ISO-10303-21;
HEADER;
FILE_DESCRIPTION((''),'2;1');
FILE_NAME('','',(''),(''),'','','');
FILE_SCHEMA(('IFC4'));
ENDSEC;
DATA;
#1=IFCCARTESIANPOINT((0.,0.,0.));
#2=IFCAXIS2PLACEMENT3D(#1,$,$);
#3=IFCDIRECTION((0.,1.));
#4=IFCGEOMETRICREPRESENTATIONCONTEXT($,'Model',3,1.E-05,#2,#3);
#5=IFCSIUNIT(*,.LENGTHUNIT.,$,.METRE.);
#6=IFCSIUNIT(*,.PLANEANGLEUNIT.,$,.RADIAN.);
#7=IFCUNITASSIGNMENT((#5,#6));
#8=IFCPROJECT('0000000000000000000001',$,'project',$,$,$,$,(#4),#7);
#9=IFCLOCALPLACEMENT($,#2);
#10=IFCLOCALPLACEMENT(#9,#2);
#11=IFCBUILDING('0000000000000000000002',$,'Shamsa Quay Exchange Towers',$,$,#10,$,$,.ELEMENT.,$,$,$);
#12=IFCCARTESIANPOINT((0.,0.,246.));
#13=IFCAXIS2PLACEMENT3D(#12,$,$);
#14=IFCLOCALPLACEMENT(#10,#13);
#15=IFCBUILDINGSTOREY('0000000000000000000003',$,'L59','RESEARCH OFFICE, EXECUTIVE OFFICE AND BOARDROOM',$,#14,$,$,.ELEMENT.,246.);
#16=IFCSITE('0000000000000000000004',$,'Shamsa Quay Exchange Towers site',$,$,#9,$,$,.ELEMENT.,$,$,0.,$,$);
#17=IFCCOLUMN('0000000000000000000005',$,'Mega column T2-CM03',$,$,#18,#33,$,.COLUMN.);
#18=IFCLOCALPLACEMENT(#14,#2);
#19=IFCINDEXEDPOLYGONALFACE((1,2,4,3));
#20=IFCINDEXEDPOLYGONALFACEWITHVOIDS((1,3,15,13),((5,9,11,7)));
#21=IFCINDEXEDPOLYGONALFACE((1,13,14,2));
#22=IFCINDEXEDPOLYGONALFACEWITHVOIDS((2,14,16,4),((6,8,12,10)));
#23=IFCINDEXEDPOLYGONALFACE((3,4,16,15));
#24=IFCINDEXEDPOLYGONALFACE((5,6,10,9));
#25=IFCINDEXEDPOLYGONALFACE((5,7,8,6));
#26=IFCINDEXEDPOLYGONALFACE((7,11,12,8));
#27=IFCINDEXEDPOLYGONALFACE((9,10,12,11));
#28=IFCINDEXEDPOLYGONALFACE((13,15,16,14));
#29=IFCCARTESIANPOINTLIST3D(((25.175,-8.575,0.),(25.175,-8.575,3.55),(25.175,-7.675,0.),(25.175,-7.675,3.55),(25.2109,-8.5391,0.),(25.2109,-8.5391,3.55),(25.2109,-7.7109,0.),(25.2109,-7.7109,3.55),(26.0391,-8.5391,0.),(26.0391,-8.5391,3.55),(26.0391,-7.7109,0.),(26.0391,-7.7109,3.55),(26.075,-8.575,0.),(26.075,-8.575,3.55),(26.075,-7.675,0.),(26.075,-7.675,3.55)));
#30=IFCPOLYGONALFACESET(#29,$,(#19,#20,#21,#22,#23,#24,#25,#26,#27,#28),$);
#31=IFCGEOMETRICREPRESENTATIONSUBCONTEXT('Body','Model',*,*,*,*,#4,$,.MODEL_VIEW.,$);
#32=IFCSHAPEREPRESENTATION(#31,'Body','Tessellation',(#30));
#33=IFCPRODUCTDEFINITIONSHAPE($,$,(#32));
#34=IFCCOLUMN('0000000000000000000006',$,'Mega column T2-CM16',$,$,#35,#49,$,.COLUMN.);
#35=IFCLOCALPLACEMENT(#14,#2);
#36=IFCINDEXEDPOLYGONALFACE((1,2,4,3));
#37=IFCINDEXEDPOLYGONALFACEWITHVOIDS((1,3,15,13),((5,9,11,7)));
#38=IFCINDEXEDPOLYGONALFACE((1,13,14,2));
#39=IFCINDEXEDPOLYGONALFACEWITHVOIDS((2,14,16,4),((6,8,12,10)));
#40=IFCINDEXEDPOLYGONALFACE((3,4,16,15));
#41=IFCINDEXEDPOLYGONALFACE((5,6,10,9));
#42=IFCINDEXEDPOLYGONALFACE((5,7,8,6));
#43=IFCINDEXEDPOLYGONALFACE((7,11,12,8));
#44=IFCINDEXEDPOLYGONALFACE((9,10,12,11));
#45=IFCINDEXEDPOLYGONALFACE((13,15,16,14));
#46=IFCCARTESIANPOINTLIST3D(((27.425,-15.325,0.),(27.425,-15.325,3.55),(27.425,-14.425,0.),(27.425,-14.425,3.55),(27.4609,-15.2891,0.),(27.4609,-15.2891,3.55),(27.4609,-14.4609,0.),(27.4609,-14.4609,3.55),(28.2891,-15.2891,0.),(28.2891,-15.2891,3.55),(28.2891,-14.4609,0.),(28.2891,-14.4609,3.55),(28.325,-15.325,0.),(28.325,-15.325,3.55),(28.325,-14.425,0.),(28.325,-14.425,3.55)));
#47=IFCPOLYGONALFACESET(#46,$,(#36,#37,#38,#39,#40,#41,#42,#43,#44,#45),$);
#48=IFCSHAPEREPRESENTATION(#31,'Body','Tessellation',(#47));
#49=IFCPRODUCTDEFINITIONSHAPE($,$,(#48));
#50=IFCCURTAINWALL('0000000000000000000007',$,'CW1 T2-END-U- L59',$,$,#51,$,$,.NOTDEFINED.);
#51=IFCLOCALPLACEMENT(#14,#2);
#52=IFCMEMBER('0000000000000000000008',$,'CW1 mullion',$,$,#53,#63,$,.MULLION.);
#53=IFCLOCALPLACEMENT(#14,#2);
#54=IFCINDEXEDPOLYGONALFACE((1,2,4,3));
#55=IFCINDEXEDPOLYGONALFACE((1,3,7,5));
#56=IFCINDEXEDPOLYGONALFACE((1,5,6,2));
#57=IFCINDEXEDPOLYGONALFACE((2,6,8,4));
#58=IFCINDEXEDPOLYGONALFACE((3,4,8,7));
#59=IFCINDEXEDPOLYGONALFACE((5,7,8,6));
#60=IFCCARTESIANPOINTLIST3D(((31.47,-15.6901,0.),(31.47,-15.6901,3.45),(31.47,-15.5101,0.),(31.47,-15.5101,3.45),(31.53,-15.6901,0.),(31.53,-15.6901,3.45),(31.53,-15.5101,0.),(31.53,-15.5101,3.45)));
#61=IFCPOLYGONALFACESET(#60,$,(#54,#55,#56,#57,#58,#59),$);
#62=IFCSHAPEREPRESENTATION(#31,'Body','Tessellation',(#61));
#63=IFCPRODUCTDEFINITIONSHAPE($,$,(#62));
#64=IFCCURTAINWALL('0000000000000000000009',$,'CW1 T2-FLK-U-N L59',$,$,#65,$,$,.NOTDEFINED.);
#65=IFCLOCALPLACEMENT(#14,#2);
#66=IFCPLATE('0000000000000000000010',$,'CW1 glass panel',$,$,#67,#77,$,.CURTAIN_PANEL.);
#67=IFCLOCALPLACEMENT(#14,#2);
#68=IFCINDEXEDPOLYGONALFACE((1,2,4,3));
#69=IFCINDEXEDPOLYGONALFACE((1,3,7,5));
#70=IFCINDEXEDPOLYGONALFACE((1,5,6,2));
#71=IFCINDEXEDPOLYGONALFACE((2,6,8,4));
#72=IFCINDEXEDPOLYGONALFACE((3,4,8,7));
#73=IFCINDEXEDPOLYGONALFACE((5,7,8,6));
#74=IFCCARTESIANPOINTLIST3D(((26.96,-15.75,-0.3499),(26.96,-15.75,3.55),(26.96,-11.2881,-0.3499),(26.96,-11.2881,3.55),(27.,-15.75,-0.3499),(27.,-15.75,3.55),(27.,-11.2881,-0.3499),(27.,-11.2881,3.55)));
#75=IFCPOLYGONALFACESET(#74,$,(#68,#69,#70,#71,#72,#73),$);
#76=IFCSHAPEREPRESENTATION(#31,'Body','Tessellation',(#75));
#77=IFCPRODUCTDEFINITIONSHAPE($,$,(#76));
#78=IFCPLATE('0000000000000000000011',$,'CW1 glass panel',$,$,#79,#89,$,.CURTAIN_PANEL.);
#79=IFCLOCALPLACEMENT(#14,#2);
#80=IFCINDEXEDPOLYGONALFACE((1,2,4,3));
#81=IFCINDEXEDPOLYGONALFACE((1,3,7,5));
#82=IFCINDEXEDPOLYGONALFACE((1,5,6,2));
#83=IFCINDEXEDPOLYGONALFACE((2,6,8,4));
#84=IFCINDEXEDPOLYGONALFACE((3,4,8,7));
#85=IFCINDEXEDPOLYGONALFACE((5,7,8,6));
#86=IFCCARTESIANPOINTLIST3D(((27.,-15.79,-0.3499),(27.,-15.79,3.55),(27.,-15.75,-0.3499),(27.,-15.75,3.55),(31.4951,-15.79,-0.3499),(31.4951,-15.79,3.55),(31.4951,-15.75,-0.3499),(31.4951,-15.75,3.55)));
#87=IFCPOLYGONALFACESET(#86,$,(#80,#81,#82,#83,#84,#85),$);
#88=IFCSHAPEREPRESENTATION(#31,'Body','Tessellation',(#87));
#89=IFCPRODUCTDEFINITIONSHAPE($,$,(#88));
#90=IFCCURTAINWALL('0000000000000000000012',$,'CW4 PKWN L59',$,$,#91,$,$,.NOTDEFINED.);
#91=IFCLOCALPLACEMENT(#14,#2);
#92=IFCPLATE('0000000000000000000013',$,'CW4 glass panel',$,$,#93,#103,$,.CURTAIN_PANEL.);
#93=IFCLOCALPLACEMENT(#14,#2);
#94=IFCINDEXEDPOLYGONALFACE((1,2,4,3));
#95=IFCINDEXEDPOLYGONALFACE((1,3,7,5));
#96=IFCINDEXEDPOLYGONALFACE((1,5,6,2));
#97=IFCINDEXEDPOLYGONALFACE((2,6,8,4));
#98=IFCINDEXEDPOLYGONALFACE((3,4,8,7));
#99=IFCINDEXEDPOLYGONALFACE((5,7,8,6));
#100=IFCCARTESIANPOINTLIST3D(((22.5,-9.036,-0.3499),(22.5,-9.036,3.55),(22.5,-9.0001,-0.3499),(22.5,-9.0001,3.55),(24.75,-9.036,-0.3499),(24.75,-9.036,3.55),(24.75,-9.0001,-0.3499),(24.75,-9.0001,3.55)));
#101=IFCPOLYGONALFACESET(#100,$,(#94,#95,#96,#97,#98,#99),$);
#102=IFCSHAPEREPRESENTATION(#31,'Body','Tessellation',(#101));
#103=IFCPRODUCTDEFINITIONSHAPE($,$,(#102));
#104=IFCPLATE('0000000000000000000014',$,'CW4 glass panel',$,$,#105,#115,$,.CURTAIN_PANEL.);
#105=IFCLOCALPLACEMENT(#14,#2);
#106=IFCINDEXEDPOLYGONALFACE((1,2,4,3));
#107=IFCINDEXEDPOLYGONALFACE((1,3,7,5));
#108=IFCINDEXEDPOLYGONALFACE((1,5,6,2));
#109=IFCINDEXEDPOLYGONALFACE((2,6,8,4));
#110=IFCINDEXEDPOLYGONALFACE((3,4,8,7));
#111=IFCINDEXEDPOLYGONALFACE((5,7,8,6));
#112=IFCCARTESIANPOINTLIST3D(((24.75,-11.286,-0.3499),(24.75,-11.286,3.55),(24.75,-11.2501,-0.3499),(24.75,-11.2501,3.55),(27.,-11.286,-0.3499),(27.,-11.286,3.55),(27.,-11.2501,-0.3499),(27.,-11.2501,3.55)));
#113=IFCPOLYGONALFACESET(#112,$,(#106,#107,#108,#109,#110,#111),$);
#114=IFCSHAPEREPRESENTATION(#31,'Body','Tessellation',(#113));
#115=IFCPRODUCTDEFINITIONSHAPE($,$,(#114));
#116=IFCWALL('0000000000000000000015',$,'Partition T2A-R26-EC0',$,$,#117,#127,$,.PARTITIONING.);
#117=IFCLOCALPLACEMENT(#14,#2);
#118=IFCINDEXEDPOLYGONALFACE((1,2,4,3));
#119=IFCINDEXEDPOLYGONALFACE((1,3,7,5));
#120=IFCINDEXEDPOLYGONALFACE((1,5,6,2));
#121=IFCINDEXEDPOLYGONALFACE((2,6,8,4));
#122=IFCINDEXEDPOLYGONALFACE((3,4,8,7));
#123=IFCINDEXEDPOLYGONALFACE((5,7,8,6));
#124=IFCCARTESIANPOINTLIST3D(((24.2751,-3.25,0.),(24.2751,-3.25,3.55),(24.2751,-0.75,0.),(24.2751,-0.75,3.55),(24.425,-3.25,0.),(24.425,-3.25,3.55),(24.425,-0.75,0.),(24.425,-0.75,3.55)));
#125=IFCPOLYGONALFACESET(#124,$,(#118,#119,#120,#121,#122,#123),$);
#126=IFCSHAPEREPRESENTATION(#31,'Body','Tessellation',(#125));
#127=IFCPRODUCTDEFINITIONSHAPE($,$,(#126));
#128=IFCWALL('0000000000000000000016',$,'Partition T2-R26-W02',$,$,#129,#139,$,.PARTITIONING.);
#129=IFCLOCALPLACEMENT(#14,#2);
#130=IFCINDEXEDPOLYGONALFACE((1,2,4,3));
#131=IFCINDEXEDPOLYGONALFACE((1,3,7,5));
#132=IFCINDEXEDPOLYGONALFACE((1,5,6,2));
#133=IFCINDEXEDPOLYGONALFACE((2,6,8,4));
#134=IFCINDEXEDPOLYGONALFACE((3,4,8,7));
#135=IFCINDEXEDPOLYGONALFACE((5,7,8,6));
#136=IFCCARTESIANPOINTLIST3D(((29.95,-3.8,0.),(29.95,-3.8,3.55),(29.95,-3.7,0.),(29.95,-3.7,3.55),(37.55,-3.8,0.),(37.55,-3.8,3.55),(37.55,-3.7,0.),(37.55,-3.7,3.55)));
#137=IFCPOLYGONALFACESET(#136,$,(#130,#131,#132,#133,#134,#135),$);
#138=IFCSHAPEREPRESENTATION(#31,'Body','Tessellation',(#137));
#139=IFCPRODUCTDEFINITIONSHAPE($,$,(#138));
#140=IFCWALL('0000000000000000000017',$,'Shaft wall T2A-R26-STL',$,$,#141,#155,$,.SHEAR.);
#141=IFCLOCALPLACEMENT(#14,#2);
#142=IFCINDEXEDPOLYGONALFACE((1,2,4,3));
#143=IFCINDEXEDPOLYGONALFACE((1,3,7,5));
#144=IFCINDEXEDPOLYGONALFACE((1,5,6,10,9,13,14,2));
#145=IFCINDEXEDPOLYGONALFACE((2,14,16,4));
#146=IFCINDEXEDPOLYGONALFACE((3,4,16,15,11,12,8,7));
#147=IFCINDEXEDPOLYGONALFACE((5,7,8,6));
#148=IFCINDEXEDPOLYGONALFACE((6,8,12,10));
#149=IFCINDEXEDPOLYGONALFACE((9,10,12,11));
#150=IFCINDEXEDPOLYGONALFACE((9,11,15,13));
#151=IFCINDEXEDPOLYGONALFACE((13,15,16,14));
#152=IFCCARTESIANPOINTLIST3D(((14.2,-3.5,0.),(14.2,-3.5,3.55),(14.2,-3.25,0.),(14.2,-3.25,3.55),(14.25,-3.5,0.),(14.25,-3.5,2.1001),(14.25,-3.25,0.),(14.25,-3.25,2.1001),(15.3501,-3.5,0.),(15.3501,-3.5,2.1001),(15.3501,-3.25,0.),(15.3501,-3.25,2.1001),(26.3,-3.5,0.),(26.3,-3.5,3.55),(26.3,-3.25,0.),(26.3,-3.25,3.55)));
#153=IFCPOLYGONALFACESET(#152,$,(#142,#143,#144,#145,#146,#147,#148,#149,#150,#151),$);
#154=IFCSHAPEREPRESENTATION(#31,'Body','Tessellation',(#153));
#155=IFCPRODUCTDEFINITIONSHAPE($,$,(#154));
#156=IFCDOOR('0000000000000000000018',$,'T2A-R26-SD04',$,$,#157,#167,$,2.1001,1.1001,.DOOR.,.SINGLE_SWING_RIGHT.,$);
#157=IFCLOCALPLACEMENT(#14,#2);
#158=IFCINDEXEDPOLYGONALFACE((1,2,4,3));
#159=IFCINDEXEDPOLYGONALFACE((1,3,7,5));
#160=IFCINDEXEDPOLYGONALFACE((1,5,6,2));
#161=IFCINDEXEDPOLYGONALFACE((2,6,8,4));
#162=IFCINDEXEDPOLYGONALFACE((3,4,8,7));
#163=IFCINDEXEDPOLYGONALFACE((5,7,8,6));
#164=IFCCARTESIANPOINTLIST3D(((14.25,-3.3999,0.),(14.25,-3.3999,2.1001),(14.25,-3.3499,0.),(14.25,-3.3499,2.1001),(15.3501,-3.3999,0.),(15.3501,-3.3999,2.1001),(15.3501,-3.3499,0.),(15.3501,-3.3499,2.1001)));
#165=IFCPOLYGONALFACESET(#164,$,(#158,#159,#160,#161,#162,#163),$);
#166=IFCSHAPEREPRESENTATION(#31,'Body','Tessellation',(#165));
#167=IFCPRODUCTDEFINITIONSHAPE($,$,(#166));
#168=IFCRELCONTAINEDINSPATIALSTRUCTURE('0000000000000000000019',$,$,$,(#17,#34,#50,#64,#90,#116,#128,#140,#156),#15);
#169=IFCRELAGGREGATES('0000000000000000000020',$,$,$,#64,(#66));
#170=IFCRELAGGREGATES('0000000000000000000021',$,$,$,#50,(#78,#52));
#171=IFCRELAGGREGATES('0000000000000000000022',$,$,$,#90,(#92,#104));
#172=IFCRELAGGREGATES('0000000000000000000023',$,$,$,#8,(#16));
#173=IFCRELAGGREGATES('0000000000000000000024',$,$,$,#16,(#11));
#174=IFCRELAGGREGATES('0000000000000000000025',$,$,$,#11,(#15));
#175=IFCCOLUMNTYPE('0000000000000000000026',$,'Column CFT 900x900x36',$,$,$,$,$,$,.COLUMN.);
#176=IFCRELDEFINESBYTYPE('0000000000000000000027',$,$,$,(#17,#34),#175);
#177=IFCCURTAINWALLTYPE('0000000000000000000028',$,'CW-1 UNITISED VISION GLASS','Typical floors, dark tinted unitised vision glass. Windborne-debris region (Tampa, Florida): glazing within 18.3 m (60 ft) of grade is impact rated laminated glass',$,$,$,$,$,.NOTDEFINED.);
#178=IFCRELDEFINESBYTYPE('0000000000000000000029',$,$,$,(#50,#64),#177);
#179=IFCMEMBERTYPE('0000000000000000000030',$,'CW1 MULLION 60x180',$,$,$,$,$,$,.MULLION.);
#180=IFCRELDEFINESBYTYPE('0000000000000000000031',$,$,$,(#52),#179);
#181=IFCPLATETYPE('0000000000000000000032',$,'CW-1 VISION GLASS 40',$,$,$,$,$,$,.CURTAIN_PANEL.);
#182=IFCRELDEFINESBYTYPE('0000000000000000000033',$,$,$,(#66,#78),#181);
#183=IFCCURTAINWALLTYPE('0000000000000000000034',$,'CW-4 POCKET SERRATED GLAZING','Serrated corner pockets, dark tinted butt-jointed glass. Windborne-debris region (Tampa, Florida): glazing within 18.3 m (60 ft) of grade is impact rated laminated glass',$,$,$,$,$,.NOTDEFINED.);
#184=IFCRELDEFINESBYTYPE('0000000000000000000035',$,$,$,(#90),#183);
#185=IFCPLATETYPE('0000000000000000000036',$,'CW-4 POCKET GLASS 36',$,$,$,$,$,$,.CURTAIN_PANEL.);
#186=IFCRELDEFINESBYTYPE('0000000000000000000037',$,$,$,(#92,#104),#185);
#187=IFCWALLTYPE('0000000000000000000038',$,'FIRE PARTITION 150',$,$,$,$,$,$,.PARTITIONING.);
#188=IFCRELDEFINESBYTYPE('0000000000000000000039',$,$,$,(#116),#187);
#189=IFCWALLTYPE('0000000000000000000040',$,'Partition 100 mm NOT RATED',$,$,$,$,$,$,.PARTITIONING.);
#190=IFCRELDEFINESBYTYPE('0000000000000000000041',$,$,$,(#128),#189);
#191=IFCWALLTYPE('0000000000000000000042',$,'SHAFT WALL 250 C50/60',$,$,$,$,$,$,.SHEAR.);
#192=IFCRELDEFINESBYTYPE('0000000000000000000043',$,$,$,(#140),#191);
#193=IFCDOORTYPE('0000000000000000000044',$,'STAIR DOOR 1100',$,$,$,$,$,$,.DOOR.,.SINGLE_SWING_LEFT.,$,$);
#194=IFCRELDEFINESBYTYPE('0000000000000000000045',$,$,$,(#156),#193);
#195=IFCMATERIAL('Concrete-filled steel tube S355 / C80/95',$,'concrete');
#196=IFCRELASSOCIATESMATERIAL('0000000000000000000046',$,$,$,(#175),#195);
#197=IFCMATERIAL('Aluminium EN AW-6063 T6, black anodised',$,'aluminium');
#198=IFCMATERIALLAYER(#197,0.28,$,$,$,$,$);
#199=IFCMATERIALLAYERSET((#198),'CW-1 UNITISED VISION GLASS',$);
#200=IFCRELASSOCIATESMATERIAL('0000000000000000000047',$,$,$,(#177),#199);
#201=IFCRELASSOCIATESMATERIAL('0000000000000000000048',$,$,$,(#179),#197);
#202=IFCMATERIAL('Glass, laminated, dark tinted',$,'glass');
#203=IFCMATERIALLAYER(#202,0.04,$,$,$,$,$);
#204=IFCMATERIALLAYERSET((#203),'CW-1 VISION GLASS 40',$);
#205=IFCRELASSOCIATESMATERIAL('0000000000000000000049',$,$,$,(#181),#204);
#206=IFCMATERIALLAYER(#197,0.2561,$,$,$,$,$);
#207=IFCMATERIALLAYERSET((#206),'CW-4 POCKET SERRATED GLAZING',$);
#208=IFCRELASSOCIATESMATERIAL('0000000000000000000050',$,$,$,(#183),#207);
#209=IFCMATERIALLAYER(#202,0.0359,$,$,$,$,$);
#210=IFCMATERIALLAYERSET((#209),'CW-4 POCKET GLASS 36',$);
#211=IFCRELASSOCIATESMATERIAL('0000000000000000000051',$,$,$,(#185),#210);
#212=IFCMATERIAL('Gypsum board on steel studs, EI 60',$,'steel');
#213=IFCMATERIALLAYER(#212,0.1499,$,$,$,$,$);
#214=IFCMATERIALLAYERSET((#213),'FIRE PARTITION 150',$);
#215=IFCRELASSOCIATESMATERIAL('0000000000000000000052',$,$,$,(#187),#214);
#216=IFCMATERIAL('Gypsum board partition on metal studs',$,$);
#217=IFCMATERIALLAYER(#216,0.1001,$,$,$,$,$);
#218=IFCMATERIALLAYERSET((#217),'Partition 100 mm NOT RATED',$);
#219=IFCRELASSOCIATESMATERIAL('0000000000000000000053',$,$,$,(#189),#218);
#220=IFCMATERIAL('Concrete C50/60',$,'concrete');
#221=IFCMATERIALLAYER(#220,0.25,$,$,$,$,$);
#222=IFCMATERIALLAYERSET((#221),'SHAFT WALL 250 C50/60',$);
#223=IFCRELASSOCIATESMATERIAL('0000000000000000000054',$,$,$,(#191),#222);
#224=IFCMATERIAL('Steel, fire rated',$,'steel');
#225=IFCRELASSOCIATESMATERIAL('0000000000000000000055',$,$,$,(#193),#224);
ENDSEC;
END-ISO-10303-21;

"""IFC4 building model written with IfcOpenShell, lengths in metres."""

from ifc_helpers import new_model, si_unit, direction, frame, frame_2d, origin, origin_2d, place, context, subcontext, project, spatial, rectangle, hollow_rectangle, extrude, material, layer, layer_set, material_profile, profile_set, type_object, element, fill, aggregate, save


model = new_model("IFC4")

# Units and contexts
model_context = context("Model", 3, precision=1e-05, world=origin(), true_north=direction((0.0, 1.0)))
body_context = subcontext(model_context, "Body", "Model", "MODEL_VIEW")
ifc_project = project(units=[si_unit("LENGTHUNIT", "METRE"), si_unit("PLANEANGLEUNIT", "RADIAN")], contexts=[model_context])

# Site, building, storey
site_placement = place(None, origin())
site = spatial("IfcSite", under=ifc_project, at=site_placement, Name="Shamsa Quay Exchange Towers site", CompositionType="ELEMENT", RefElevation=0.0)
building_placement = place(site_placement, origin())
building = spatial("IfcBuilding", under=site, at=building_placement, Name="Shamsa Quay Exchange Towers", CompositionType="ELEMENT")
storey_placement = place(building_placement, frame((0.0, 0.0, 246.0)))
storey = spatial("IfcBuildingStorey", under=building, at=storey_placement, Name="L59", Description="RESEARCH OFFICE, EXECUTIVE OFFICE AND BOARDROOM", CompositionType="ELEMENT", Elevation=246.0)

# Columns
ifc_material_1 = material(Name="Concrete-filled steel tube S355 / C80/95", Category="concrete")
ifc_material_profile_1 = material_profile(ifc_material_1, hollow_rectangle(XDim=0.8999, YDim=0.8999, WallThickness=0.0359, at=origin_2d()), Name="CFT 900x900x36")
ifc_profile_set_1 = profile_set([ifc_material_profile_1], Name="Concrete-filled steel tube S355 / C80/95")
column_type = type_object("IfcColumnType", Name="Column CFT 900x900x36", PredefinedType="COLUMN", material=ifc_profile_set_1)
for number, where, name in (
    (1, (25.625, -8.125, 0.0), "Mega column T2-CM03"),
    (2, (27.875, -14.875, 0.0), "Mega column T2-CM16"),
):
    element("IfcColumn", number, at=place(storey_placement, frame(where)), inside=storey, type_object=column_type, Name=name, PredefinedType="COLUMN", context=body_context, shape_type="SweptSolid", body=[
        extrude(hollow_rectangle(XDim=0.8999, YDim=0.8999, WallThickness=0.0359, at=origin_2d()), origin(), (0.0, 0.0, 1.0), 3.55),
    ])

# Curtain wall, member
ifc_material_2 = material(Name="Aluminium EN AW-6063 T6, black anodised", Category="aluminium")
ifc_layer_1 = layer(ifc_material_2, 0.28)
ifc_layer_set_1 = layer_set([ifc_layer_1], Name="CW-1 UNITISED VISION GLASS")
curtain_wall_type_1 = type_object("IfcCurtainWallType", Name="CW-1 UNITISED VISION GLASS", Description="Typical floors, dark tinted unitised vision glass. Windborne-debris region (Tampa, Florida): glazing within 18.3 m (60 ft) of grade is impact rated laminated glass", PredefinedType="NOTDEFINED", material=ifc_layer_set_1)
curtain_wall_1_placement = place(storey_placement, origin())
curtain_wall_1 = element("IfcCurtainWall", 3, at=curtain_wall_1_placement, inside=storey, type_object=curtain_wall_type_1, Name="CW1 T2-END-U- L59", PredefinedType="NOTDEFINED")
ifc_material_profile_2 = material_profile(ifc_material_2, rectangle(XDim=0.1799, YDim=0.0601, at=origin_2d()), Name="MU60x180")
ifc_profile_set_2 = profile_set([ifc_material_profile_2], Name="Aluminium EN AW-6063 T6, black anodised")
member_type = type_object("IfcMemberType", Name="CW1 MULLION 60x180", PredefinedType="MULLION", material=ifc_profile_set_2)
member_placement = place(storey_placement, frame((31.5, -15.6001, 0.0), z_axis=(0.0, 0.0, 1.0), x_axis=(0.0, 1.0, 0.0)))
member = element("IfcMember", 4, at=member_placement, type_object=member_type, Name="CW1 mullion", PredefinedType="MULLION", context=body_context, shape_type="SweptSolid", body=[
    extrude(rectangle(XDim=0.1799, YDim=0.0601, at=origin_2d()), origin(), (0.0, 0.0, 1.0), 3.45),
])

# Curtain wall, plate
curtain_wall_2_placement = place(storey_placement, origin())
curtain_wall_2 = element("IfcCurtainWall", 5, at=curtain_wall_2_placement, inside=storey, type_object=curtain_wall_type_1, Name="CW1 T2-FLK-U-N L59", PredefinedType="NOTDEFINED")
ifc_material_3 = material(Name="Glass, laminated, dark tinted", Category="glass")
ifc_layer_2 = layer(ifc_material_3, 0.04)
ifc_layer_set_2 = layer_set([ifc_layer_2], Name="CW-1 VISION GLASS 40")
plate_type_1 = type_object("IfcPlateType", Name="CW-1 VISION GLASS 40", PredefinedType="CURTAIN_PANEL", material=ifc_layer_set_2)
plate_1_placement = place(storey_placement, frame((26.98, -13.519, -0.3499), z_axis=(0.0, 0.0, 1.0), x_axis=(0.0, -1.0, 0.0)))
plate_1 = element("IfcPlate", 6, at=plate_1_placement, type_object=plate_type_1, Name="CW1 glass panel", PredefinedType="CURTAIN_PANEL", context=body_context, shape_type="SweptSolid", body=[
    extrude(rectangle(XDim=4.4619, YDim=0.04, at=origin_2d()), origin(), (0.0, 0.0, 1.0), 3.8999),
])
aggregate(curtain_wall_2, [plate_1])

# Plate
plate_2_placement = place(storey_placement, frame((29.2476, -15.77, -0.3499)))
plate_2 = element("IfcPlate", 7, at=plate_2_placement, type_object=plate_type_1, Name="CW1 glass panel", PredefinedType="CURTAIN_PANEL", context=body_context, shape_type="SweptSolid", body=[
    extrude(rectangle(XDim=4.4951, YDim=0.04, at=origin_2d()), origin(), (0.0, 0.0, 1.0), 3.8999),
])
aggregate(curtain_wall_1, [plate_2, member])

# Curtain wall, plates
ifc_layer_3 = layer(ifc_material_2, 0.2561)
ifc_layer_set_3 = layer_set([ifc_layer_3], Name="CW-4 POCKET SERRATED GLAZING")
curtain_wall_type_2 = type_object("IfcCurtainWallType", Name="CW-4 POCKET SERRATED GLAZING", Description="Serrated corner pockets, dark tinted butt-jointed glass. Windborne-debris region (Tampa, Florida): glazing within 18.3 m (60 ft) of grade is impact rated laminated glass", PredefinedType="NOTDEFINED", material=ifc_layer_set_3)
curtain_wall_3_placement = place(storey_placement, origin())
curtain_wall_3 = element("IfcCurtainWall", 8, at=curtain_wall_3_placement, inside=storey, type_object=curtain_wall_type_2, Name="CW4 PKWN L59", PredefinedType="NOTDEFINED")
ifc_layer_4 = layer(ifc_material_3, 0.0359)
ifc_layer_set_4 = layer_set([ifc_layer_4], Name="CW-4 POCKET GLASS 36")
plate_type_2 = type_object("IfcPlateType", Name="CW-4 POCKET GLASS 36", PredefinedType="CURTAIN_PANEL", material=ifc_layer_set_4)
plate_3_placement = place(storey_placement, frame((23.625, -9.0181, -0.3499)))
plate_3 = element("IfcPlate", 9, at=plate_3_placement, type_object=plate_type_2, Name="CW4 glass panel", PredefinedType="CURTAIN_PANEL", context=body_context, shape_type="SweptSolid", body=[
    extrude(rectangle(XDim=2.25, YDim=0.0359, at=origin_2d()), origin(), (0.0, 0.0, 1.0), 3.8999),
])
plate_4_placement = place(storey_placement, frame((25.875, -11.2681, -0.3499)))
plate_4 = element("IfcPlate", 10, at=plate_4_placement, type_object=plate_type_2, Name="CW4 glass panel", PredefinedType="CURTAIN_PANEL", context=body_context, shape_type="SweptSolid", body=[
    extrude(rectangle(XDim=2.25, YDim=0.0359, at=origin_2d()), origin(), (0.0, 0.0, 1.0), 3.8999),
])
aggregate(curtain_wall_3, [plate_3, plate_4])

# Walls
ifc_material_4 = material(Name="Gypsum board on steel studs, EI 60", Category="steel")
ifc_layer_5 = layer(ifc_material_4, 0.1499)
ifc_layer_set_5 = layer_set([ifc_layer_5], Name="FIRE PARTITION 150")
wall_type_1 = type_object("IfcWallType", Name="FIRE PARTITION 150", PredefinedType="PARTITIONING", material=ifc_layer_set_5)
wall_1_placement = place(storey_placement, frame((24.3501, -3.25, 0.0), z_axis=(0.0, 0.0, 1.0), x_axis=(0.0, 1.0, 0.0)))
element("IfcWall", 11, at=wall_1_placement, inside=storey, type_object=wall_type_1, Name="Partition T2A-R26-EC0", PredefinedType="PARTITIONING", context=body_context, shape_type="SweptSolid", body=[
    extrude(rectangle(XDim=2.5, YDim=0.1499, at=frame_2d((1.25, 0.0))), origin(), (0.0, 0.0, 1.0), 3.55),
])
ifc_material_5 = material(Name="Gypsum board partition on metal studs")
ifc_layer_6 = layer(ifc_material_5, 0.1001)
ifc_layer_set_6 = layer_set([ifc_layer_6], Name="Partition 100 mm NOT RATED")
wall_type_2 = type_object("IfcWallType", Name="Partition 100 mm NOT RATED", PredefinedType="PARTITIONING", material=ifc_layer_set_6)
wall_2_placement = place(storey_placement, frame((29.95, -3.75, 0.0)))
element("IfcWall", 12, at=wall_2_placement, inside=storey, type_object=wall_type_2, Name="Partition T2-R26-W02", PredefinedType="PARTITIONING", context=body_context, shape_type="SweptSolid", body=[
    extrude(rectangle(XDim=7.6001, YDim=0.1001, at=frame_2d((3.8, 0.0))), origin(), (0.0, 0.0, 1.0), 3.55),
])

# Wall, opening, door
ifc_material_6 = material(Name="Concrete C50/60", Category="concrete")
ifc_layer_7 = layer(ifc_material_6, 0.25)
ifc_layer_set_7 = layer_set([ifc_layer_7], Name="SHAFT WALL 250 C50/60")
wall_type_3 = type_object("IfcWallType", Name="SHAFT WALL 250 C50/60", PredefinedType="SHEAR", material=ifc_layer_set_7)
wall_3_placement = place(storey_placement, frame((26.3, -3.375, 0.0), z_axis=(0.0, 0.0, 1.0), x_axis=(-1.0, 0.0, 0.0)))
wall_3 = element("IfcWall", 13, at=wall_3_placement, inside=storey, type_object=wall_type_3, Name="Shaft wall T2A-R26-STL", PredefinedType="SHEAR", context=body_context, shape_type="SweptSolid", body=[
    extrude(rectangle(XDim=12.1001, YDim=0.25, at=frame_2d((6.05, 0.0))), origin(), (0.0, 0.0, 1.0), 3.55),
])
opening_1_placement = place(wall_3_placement, frame((10.95, 0.0, 0.0)))
opening_1 = element("IfcOpeningElement", 14, at=opening_1_placement, cuts=wall_3, PredefinedType="OPENING", context=body_context, shape_type="SweptSolid", body=[
    extrude(rectangle(XDim=1.1001, YDim=2.1001, at=frame_2d((0.55, 1.05))), frame((0.0, 0.135, 0.0), z_axis=(0.0, -1.0, 0.0), x_axis=(1.0, 0.0, 0.0)), (0.0, 0.0, 1.0), 0.27),
])
ifc_material_7 = material(Name="Steel, fire rated", Category="steel")
door_type_1 = type_object("IfcDoorType", Name="STAIR DOOR 1100", OperationType="SINGLE_SWING_LEFT", PredefinedType="DOOR", material=ifc_material_7)
door_1_placement = place(opening_1_placement, origin())
door_1 = element("IfcDoor", 15, at=door_1_placement, inside=storey, type_object=door_type_1, Name="T2A-R26-SD04", OperationType="SINGLE_SWING_RIGHT", OverallHeight=2.1001, OverallWidth=1.1001, PredefinedType="DOOR", context=body_context, shape_type="SweptSolid", body=[
    extrude(rectangle(XDim=1.1001, YDim=2.1001, at=frame_2d((0.55, 1.05))), frame((0.0, 0.0249, 0.0), z_axis=(0.0, -1.0, 0.0), x_axis=(1.0, 0.0, 0.0)), (0.0, 0.0, 1.0), 0.05),
])
fill(opening_1, door_1)

save(model, "model.ifc")
